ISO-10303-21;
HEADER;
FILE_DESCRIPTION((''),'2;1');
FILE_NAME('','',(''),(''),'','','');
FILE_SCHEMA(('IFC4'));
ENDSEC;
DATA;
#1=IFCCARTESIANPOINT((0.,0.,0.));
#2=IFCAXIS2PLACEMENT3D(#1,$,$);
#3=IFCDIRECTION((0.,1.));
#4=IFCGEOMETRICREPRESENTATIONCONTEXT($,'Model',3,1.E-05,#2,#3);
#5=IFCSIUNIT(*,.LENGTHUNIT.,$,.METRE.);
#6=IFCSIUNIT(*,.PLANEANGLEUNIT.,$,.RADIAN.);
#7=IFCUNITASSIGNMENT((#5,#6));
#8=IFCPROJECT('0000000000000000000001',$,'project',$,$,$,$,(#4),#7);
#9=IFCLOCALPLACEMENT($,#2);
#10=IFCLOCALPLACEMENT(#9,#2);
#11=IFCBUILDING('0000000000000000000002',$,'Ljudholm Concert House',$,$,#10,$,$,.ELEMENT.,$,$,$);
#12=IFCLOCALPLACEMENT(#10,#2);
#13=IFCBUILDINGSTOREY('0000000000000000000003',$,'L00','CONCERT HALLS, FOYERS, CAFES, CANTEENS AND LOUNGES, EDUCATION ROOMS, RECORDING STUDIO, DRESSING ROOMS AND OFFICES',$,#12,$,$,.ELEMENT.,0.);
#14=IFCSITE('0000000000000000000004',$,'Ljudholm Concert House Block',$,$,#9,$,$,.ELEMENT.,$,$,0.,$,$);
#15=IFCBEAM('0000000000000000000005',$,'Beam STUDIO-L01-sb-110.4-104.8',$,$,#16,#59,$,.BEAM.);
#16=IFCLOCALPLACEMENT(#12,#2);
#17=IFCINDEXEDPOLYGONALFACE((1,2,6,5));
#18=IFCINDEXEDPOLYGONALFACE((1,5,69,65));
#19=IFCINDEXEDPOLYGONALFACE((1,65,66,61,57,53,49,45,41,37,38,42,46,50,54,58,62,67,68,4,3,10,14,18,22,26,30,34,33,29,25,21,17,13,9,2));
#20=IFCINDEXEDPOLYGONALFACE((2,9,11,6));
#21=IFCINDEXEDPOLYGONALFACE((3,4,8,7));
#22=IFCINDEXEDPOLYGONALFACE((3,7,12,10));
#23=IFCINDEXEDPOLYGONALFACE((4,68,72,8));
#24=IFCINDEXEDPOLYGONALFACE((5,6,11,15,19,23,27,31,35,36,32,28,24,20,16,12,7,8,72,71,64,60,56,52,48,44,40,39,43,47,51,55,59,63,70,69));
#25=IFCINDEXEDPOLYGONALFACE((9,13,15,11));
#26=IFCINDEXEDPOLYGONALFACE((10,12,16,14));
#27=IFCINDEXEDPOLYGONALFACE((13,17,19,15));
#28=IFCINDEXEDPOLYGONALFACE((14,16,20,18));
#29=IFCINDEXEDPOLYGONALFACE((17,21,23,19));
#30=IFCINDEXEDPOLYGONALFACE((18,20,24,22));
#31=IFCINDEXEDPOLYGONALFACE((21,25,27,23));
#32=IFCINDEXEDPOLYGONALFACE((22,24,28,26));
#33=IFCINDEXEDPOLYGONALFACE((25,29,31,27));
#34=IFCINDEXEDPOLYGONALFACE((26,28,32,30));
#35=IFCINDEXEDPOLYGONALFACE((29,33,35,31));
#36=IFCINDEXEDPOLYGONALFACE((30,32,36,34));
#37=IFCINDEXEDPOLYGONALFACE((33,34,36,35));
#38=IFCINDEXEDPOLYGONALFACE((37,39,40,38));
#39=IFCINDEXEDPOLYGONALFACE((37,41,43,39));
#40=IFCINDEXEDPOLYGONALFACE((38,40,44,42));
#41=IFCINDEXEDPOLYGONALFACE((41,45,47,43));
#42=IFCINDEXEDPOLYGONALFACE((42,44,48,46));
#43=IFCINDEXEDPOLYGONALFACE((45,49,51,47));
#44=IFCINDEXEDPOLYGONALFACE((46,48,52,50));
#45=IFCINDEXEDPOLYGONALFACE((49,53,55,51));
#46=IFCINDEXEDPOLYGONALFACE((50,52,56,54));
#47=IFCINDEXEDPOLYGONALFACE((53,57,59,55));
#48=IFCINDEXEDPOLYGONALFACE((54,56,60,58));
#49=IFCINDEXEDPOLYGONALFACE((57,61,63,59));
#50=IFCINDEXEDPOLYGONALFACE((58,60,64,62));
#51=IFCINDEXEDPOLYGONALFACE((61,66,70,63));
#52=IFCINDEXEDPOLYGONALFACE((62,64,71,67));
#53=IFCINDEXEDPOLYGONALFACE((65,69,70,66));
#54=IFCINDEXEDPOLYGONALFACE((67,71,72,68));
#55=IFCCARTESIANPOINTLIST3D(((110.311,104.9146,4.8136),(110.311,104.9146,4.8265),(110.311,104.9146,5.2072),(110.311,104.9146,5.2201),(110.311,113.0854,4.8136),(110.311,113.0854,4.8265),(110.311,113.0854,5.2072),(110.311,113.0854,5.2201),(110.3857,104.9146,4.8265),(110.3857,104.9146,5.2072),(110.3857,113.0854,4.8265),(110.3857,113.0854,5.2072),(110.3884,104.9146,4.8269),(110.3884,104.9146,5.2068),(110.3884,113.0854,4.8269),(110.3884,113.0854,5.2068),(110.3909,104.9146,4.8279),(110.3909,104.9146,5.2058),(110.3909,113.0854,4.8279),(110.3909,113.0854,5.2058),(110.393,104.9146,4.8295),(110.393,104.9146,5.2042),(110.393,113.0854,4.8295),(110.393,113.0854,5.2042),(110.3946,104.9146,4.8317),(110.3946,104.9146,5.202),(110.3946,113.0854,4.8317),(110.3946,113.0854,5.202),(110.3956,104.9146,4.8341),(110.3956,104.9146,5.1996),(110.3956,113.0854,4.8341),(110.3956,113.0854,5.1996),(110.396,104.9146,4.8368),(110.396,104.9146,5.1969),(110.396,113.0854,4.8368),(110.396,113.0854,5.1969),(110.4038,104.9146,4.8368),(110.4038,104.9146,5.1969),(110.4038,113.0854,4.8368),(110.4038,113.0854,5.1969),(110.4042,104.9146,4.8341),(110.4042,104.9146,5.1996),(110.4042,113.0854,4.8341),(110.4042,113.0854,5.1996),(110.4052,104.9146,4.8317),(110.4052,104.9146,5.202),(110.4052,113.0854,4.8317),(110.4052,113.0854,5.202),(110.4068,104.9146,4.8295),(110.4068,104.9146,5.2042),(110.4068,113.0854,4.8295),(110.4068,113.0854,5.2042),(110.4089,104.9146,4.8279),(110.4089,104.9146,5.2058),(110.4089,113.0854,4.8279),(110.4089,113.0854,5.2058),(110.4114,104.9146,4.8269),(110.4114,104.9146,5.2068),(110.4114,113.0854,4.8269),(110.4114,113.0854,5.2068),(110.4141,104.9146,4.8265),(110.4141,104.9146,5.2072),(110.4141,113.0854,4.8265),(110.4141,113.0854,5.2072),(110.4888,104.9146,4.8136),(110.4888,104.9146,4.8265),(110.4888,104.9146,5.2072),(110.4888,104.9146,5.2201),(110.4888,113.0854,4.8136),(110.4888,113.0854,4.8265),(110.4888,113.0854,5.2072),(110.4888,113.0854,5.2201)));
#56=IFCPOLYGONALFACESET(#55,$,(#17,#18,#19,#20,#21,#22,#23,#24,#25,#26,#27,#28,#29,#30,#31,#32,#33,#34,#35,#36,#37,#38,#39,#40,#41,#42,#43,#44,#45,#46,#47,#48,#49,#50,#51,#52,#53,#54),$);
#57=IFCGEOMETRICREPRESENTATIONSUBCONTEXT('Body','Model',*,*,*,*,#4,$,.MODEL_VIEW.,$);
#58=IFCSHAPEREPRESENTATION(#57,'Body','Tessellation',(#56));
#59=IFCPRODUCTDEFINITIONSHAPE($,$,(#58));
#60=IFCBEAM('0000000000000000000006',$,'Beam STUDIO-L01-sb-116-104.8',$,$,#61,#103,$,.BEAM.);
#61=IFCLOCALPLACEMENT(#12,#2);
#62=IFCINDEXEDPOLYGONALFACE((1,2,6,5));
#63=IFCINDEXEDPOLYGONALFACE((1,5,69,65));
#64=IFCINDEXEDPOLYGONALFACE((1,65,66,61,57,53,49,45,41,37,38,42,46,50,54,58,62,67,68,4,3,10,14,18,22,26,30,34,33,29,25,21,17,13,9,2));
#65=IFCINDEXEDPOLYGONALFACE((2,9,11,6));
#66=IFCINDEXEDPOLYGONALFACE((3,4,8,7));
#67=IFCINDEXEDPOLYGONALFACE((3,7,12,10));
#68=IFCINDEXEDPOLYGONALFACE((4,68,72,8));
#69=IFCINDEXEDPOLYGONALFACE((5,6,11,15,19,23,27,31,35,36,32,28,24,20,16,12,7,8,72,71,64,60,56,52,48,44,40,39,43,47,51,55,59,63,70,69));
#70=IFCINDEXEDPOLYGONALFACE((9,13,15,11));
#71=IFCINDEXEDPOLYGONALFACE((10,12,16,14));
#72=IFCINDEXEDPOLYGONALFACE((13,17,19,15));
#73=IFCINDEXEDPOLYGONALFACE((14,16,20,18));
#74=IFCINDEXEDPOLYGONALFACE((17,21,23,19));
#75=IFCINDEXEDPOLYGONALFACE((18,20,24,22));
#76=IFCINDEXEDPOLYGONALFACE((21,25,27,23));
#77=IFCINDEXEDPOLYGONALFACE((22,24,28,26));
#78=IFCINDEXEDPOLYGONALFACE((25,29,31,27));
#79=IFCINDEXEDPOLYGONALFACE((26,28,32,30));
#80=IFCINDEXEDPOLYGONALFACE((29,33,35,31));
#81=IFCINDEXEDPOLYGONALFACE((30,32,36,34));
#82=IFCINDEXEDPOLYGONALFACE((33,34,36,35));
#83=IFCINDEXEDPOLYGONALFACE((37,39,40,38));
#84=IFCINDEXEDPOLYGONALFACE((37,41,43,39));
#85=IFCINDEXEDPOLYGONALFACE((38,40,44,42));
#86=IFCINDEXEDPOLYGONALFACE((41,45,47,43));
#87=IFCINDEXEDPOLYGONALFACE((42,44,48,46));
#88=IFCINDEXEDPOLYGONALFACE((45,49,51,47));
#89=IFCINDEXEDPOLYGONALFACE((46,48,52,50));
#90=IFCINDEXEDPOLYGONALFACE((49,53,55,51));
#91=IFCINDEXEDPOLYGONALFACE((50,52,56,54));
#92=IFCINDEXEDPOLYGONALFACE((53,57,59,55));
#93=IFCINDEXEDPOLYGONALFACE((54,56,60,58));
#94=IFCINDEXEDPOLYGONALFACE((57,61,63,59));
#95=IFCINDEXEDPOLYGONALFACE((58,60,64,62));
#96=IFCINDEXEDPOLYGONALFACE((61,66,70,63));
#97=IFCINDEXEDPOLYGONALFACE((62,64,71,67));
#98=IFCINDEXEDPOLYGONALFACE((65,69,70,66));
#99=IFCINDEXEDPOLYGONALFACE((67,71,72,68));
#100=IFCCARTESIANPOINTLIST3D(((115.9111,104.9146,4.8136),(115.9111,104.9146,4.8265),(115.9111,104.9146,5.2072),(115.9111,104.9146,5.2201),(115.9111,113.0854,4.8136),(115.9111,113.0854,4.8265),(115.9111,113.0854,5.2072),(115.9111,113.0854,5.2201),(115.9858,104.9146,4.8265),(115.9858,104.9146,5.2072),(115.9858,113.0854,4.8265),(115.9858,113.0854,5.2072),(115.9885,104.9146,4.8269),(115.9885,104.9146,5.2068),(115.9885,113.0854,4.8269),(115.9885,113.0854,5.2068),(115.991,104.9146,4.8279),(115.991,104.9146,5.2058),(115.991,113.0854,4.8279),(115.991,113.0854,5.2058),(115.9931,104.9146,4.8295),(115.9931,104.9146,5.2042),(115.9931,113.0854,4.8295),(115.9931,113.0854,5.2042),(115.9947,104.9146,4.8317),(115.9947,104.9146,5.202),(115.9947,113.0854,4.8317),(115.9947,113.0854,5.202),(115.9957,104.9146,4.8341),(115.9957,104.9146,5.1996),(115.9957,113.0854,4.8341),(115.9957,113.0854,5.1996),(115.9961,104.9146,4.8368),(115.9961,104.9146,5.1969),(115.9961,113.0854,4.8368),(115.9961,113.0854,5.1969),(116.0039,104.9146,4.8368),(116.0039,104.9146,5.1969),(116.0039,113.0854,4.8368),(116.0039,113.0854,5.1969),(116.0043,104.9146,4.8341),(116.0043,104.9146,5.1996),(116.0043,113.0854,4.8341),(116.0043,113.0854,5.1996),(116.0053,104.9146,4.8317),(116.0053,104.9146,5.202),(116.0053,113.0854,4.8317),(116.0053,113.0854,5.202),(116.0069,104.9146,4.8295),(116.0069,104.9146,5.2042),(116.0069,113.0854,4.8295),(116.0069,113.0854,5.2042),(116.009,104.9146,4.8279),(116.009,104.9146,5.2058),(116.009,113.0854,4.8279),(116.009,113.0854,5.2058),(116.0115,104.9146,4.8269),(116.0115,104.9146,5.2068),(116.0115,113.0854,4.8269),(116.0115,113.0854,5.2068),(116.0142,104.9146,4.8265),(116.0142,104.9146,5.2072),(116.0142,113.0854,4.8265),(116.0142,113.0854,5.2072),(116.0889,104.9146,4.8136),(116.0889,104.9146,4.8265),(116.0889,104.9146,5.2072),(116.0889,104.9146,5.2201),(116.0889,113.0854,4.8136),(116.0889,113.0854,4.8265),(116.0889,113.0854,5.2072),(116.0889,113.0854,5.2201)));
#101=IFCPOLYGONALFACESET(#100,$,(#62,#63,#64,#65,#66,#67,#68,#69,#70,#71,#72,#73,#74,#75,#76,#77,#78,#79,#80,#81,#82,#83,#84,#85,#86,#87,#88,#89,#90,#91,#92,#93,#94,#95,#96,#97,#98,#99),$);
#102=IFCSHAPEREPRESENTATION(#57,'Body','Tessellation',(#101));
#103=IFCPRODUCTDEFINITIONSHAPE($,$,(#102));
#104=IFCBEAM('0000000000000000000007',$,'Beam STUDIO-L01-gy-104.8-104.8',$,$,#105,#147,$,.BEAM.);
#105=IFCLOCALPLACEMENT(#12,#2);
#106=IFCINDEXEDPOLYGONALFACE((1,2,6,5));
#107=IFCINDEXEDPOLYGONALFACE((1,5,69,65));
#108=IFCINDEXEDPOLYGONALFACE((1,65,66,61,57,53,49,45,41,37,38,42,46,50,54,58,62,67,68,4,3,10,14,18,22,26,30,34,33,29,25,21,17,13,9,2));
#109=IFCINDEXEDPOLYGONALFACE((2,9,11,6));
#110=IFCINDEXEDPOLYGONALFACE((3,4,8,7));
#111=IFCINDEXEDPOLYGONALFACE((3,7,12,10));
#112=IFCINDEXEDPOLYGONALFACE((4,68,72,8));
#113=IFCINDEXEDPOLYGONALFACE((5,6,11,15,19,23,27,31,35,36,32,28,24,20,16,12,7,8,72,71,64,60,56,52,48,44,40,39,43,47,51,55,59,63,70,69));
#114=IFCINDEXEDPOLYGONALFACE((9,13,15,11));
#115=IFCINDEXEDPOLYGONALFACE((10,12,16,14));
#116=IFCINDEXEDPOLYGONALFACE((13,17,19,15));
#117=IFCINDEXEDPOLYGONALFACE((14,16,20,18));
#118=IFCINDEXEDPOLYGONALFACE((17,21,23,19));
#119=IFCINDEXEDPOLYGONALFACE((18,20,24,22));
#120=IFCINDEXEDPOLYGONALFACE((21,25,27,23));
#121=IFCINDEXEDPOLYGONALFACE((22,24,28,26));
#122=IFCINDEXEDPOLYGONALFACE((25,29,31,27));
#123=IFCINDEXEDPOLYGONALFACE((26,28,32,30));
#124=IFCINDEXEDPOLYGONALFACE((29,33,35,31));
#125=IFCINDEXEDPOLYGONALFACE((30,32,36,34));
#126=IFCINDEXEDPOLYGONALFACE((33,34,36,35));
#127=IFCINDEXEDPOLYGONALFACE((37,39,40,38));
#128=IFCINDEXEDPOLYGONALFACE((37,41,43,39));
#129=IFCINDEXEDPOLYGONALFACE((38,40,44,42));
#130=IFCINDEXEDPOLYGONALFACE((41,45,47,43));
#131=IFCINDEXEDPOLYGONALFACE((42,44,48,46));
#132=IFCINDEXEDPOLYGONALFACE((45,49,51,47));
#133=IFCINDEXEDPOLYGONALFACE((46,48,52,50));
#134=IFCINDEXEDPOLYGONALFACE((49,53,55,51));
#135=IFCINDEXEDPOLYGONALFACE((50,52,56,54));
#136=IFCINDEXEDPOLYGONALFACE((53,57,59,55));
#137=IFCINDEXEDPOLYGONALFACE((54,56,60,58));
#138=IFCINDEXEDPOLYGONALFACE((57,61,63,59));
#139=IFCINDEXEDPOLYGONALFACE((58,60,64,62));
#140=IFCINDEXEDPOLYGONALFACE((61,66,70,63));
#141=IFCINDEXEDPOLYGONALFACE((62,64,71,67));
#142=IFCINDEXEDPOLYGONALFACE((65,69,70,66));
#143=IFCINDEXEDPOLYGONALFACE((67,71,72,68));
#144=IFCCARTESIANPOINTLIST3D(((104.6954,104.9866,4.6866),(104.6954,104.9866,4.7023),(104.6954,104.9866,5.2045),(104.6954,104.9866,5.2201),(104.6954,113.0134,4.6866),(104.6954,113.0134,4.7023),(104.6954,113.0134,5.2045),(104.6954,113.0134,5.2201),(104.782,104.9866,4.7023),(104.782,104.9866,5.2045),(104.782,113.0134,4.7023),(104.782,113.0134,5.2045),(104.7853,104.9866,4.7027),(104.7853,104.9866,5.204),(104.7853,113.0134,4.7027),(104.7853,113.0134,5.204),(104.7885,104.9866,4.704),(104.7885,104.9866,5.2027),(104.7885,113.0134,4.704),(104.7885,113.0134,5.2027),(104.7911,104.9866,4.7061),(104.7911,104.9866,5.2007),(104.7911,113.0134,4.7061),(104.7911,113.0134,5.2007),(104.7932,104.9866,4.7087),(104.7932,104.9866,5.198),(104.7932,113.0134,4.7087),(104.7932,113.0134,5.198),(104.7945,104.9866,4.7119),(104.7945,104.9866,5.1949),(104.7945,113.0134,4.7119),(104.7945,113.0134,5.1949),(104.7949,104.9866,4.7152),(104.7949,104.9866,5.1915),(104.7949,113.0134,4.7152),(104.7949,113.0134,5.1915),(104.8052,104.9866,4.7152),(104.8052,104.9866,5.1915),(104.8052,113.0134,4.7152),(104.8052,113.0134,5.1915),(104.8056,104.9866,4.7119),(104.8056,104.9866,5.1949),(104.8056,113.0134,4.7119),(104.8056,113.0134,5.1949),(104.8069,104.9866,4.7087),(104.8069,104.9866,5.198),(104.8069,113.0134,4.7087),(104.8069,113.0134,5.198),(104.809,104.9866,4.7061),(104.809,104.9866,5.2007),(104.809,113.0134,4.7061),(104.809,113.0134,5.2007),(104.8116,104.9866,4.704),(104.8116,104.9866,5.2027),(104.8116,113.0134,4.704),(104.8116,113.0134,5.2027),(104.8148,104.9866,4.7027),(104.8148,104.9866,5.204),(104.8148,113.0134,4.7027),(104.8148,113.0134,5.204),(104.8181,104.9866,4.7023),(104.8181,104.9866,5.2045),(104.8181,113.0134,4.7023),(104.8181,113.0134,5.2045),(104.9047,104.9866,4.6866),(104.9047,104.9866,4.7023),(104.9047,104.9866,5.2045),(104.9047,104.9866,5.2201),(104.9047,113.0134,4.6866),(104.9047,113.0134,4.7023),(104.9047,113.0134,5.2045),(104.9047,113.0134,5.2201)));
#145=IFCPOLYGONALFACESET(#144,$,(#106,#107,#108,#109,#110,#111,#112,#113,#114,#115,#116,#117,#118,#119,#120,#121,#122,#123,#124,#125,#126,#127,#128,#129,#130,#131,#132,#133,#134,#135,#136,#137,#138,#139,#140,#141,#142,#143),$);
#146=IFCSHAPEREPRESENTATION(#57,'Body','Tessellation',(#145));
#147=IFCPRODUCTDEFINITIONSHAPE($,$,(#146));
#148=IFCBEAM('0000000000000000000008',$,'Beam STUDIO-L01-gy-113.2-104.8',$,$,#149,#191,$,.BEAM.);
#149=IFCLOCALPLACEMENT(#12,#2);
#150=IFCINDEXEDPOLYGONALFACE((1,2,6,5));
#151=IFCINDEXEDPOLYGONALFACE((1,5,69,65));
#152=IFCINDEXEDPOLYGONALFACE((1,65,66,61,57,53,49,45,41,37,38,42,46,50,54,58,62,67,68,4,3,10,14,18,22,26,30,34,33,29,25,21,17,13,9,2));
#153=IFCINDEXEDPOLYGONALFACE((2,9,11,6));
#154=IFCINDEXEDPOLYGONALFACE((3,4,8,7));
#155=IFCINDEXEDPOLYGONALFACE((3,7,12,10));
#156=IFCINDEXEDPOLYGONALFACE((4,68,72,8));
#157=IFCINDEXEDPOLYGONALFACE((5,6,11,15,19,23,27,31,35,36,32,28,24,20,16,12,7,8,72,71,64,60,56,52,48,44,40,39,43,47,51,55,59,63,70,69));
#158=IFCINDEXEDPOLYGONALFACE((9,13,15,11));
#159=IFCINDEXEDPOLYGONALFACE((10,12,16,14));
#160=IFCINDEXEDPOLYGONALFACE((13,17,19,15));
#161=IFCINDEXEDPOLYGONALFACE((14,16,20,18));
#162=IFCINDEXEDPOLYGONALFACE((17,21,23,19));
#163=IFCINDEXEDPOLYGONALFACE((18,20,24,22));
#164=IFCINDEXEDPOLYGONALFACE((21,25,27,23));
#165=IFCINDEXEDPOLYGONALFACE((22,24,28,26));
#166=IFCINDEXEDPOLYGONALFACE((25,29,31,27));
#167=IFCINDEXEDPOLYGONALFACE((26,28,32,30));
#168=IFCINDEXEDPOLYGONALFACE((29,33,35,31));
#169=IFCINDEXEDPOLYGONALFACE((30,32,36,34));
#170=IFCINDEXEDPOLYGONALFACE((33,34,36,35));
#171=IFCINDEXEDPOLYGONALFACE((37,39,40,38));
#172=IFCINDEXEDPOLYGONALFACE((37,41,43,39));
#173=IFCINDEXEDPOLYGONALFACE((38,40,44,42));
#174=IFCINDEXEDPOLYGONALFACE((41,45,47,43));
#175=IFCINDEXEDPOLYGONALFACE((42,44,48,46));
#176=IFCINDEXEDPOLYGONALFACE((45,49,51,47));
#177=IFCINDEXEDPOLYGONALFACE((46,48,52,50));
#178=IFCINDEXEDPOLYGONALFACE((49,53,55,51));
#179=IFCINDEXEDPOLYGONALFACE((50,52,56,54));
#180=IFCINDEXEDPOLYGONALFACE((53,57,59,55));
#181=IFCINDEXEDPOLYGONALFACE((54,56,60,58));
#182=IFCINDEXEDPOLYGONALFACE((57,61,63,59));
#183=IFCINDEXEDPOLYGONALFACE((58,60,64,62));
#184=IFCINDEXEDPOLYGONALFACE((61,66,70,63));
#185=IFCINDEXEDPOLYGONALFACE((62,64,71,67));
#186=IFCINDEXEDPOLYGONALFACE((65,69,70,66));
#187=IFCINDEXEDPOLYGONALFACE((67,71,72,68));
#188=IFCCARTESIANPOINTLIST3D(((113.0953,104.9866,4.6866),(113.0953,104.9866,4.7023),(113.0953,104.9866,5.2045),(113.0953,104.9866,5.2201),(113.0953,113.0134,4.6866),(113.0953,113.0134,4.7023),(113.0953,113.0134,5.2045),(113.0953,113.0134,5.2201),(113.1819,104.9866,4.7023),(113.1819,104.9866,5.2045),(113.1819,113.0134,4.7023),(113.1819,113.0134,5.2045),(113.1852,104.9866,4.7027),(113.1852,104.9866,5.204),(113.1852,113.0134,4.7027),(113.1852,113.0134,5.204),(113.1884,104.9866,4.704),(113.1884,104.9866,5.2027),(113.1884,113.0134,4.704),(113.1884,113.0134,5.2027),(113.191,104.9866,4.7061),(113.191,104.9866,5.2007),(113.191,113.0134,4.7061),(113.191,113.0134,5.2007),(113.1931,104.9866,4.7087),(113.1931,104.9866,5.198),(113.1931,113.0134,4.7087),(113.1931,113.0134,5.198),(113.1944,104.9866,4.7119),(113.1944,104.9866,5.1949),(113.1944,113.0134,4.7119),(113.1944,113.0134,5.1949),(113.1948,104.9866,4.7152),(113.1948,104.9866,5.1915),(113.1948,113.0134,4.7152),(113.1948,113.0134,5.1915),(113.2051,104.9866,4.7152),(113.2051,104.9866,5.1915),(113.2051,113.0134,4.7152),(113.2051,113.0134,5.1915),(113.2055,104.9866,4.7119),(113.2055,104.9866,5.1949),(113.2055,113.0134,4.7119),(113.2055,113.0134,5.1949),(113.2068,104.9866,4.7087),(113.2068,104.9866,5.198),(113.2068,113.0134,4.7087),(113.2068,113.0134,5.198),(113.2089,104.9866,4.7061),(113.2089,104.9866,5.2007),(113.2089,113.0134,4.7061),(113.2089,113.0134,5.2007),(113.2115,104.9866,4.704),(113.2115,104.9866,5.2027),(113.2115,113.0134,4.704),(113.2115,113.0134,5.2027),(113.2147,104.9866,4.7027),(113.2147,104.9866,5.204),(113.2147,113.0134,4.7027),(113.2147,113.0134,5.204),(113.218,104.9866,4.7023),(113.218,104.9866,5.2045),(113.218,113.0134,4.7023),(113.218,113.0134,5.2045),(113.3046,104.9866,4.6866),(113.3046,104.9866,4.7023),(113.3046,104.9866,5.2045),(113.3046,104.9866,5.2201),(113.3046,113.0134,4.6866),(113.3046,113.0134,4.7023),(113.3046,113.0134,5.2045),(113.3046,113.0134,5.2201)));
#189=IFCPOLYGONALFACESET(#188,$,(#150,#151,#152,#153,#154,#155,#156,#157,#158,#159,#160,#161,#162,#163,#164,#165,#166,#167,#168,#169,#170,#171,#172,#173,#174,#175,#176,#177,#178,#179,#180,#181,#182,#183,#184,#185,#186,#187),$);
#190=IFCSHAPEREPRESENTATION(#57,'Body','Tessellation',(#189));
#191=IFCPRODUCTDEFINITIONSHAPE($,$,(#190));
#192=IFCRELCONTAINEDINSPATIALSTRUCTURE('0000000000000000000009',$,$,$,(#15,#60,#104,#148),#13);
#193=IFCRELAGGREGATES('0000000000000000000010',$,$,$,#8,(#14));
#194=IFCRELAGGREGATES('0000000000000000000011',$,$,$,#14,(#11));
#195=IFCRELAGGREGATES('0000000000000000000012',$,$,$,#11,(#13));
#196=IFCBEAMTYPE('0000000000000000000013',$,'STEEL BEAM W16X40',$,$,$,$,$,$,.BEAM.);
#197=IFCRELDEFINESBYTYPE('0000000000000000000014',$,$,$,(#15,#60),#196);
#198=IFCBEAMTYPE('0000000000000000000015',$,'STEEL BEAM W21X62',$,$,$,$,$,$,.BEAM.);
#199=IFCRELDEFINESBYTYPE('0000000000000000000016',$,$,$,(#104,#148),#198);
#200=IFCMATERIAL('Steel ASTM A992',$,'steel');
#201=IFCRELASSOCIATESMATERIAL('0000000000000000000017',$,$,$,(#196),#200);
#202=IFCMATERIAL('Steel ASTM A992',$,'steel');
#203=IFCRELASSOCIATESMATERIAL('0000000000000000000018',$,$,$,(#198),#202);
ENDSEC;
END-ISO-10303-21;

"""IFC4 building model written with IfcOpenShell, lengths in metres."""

from ifc_helpers import new_model, si_unit, direction, frame, origin, origin_2d, place, context, subcontext, project, spatial, i_section, extrude, material, material_profile, profile_set, type_object, element, save


model = new_model("IFC4")

# Units and contexts
model_context = context("Model", 3, precision=1e-05, world=origin(), true_north=direction((0.0, 1.0)))
body_context = subcontext(model_context, "Body", "Model", "MODEL_VIEW")
ifc_project = project(units=[si_unit("LENGTHUNIT", "METRE"), si_unit("PLANEANGLEUNIT", "RADIAN")], contexts=[model_context])

# Site, building, storey
site_placement = place(None, origin())
site = spatial("IfcSite", under=ifc_project, at=site_placement, Name="Ljudholm Concert House Block", CompositionType="ELEMENT", RefElevation=0.0)
building_placement = place(site_placement, origin())
building = spatial("IfcBuilding", under=site, at=building_placement, Name="Ljudholm Concert House", CompositionType="ELEMENT")
storey_placement = place(building_placement, origin())
storey = spatial("IfcBuildingStorey", under=building, at=storey_placement, Name="L00", Description="CONCERT HALLS, FOYERS, CAFES, CANTEENS AND LOUNGES, EDUCATION ROOMS, RECORDING STUDIO, DRESSING ROOMS AND OFFICES", CompositionType="ELEMENT", Elevation=0.0)

# Beams
ifc_material_1 = material(Name="Steel ASTM A992", Category="steel")
ifc_material_profile_1 = material_profile(ifc_material_1, i_section(OverallWidth=0.1777, OverallDepth=0.4065, WebThickness=0.0078, FlangeThickness=0.0129, FilletRadius=0.0103, at=origin_2d()), Name="W16X40")
ifc_profile_set_1 = profile_set([ifc_material_profile_1], Name="Steel ASTM A992")
beam_type_1 = type_object("IfcBeamType", Name="STEEL BEAM W16X40", PredefinedType="BEAM", material=ifc_profile_set_1)
for number, where, z_axis, x_axis, name in (
    (1, (110.3999, 104.9146, 5.0168), (0.0, 1.0, 0.0), (-1.0, 0.0, 0.0), "Beam STUDIO-L01-sb-110.4-104.8"),
    (2, (116.0, 104.9146, 5.0168), (0.0, 1.0, 0.0), (-1.0, 0.0, 0.0), "Beam STUDIO-L01-sb-116-104.8"),
):
    element("IfcBeam", number, at=place(storey_placement, frame(where, z_axis=z_axis, x_axis=x_axis)), inside=storey, type_object=beam_type_1, Name=name, PredefinedType="BEAM", context=body_context, shape_type="SweptSolid", body=[
        extrude(i_section(OverallWidth=0.1777, OverallDepth=0.4065, WebThickness=0.0078, FlangeThickness=0.0129, FilletRadius=0.0103, at=origin_2d()), origin(), (0.0, 0.0, 1.0), 8.1709),
    ])
ifc_material_2 = material(Name="Steel ASTM A992", Category="steel")
ifc_material_profile_2 = material_profile(ifc_material_2, i_section(OverallWidth=0.2092, OverallDepth=0.5334, WebThickness=0.0103, FlangeThickness=0.0156, FilletRadius=0.0129, at=origin_2d()), Name="W21X62")
ifc_profile_set_2 = profile_set([ifc_material_profile_2], Name="Steel ASTM A992")
beam_type_2 = type_object("IfcBeamType", Name="STEEL BEAM W21X62", PredefinedType="BEAM", material=ifc_profile_set_2)
for number, where, z_axis, x_axis, name in (
    (3, (104.8, 104.9866, 4.9534), (0.0, 1.0, 0.0), (-1.0, 0.0, 0.0), "Beam STUDIO-L01-gy-104.8-104.8"),
    (4, (113.2, 104.9866, 4.9534), (0.0, 1.0, 0.0), (-1.0, 0.0, 0.0), "Beam STUDIO-L01-gy-113.2-104.8"),
):
    element("IfcBeam", number, at=place(storey_placement, frame(where, z_axis=z_axis, x_axis=x_axis)), inside=storey, type_object=beam_type_2, Name=name, PredefinedType="BEAM", context=body_context, shape_type="SweptSolid", body=[
        extrude(i_section(OverallWidth=0.2092, OverallDepth=0.5334, WebThickness=0.0103, FlangeThickness=0.0156, FilletRadius=0.0129, at=origin_2d()), origin(), (0.0, 0.0, 1.0), 8.0269),
    ])

save(model, "model.ifc")
